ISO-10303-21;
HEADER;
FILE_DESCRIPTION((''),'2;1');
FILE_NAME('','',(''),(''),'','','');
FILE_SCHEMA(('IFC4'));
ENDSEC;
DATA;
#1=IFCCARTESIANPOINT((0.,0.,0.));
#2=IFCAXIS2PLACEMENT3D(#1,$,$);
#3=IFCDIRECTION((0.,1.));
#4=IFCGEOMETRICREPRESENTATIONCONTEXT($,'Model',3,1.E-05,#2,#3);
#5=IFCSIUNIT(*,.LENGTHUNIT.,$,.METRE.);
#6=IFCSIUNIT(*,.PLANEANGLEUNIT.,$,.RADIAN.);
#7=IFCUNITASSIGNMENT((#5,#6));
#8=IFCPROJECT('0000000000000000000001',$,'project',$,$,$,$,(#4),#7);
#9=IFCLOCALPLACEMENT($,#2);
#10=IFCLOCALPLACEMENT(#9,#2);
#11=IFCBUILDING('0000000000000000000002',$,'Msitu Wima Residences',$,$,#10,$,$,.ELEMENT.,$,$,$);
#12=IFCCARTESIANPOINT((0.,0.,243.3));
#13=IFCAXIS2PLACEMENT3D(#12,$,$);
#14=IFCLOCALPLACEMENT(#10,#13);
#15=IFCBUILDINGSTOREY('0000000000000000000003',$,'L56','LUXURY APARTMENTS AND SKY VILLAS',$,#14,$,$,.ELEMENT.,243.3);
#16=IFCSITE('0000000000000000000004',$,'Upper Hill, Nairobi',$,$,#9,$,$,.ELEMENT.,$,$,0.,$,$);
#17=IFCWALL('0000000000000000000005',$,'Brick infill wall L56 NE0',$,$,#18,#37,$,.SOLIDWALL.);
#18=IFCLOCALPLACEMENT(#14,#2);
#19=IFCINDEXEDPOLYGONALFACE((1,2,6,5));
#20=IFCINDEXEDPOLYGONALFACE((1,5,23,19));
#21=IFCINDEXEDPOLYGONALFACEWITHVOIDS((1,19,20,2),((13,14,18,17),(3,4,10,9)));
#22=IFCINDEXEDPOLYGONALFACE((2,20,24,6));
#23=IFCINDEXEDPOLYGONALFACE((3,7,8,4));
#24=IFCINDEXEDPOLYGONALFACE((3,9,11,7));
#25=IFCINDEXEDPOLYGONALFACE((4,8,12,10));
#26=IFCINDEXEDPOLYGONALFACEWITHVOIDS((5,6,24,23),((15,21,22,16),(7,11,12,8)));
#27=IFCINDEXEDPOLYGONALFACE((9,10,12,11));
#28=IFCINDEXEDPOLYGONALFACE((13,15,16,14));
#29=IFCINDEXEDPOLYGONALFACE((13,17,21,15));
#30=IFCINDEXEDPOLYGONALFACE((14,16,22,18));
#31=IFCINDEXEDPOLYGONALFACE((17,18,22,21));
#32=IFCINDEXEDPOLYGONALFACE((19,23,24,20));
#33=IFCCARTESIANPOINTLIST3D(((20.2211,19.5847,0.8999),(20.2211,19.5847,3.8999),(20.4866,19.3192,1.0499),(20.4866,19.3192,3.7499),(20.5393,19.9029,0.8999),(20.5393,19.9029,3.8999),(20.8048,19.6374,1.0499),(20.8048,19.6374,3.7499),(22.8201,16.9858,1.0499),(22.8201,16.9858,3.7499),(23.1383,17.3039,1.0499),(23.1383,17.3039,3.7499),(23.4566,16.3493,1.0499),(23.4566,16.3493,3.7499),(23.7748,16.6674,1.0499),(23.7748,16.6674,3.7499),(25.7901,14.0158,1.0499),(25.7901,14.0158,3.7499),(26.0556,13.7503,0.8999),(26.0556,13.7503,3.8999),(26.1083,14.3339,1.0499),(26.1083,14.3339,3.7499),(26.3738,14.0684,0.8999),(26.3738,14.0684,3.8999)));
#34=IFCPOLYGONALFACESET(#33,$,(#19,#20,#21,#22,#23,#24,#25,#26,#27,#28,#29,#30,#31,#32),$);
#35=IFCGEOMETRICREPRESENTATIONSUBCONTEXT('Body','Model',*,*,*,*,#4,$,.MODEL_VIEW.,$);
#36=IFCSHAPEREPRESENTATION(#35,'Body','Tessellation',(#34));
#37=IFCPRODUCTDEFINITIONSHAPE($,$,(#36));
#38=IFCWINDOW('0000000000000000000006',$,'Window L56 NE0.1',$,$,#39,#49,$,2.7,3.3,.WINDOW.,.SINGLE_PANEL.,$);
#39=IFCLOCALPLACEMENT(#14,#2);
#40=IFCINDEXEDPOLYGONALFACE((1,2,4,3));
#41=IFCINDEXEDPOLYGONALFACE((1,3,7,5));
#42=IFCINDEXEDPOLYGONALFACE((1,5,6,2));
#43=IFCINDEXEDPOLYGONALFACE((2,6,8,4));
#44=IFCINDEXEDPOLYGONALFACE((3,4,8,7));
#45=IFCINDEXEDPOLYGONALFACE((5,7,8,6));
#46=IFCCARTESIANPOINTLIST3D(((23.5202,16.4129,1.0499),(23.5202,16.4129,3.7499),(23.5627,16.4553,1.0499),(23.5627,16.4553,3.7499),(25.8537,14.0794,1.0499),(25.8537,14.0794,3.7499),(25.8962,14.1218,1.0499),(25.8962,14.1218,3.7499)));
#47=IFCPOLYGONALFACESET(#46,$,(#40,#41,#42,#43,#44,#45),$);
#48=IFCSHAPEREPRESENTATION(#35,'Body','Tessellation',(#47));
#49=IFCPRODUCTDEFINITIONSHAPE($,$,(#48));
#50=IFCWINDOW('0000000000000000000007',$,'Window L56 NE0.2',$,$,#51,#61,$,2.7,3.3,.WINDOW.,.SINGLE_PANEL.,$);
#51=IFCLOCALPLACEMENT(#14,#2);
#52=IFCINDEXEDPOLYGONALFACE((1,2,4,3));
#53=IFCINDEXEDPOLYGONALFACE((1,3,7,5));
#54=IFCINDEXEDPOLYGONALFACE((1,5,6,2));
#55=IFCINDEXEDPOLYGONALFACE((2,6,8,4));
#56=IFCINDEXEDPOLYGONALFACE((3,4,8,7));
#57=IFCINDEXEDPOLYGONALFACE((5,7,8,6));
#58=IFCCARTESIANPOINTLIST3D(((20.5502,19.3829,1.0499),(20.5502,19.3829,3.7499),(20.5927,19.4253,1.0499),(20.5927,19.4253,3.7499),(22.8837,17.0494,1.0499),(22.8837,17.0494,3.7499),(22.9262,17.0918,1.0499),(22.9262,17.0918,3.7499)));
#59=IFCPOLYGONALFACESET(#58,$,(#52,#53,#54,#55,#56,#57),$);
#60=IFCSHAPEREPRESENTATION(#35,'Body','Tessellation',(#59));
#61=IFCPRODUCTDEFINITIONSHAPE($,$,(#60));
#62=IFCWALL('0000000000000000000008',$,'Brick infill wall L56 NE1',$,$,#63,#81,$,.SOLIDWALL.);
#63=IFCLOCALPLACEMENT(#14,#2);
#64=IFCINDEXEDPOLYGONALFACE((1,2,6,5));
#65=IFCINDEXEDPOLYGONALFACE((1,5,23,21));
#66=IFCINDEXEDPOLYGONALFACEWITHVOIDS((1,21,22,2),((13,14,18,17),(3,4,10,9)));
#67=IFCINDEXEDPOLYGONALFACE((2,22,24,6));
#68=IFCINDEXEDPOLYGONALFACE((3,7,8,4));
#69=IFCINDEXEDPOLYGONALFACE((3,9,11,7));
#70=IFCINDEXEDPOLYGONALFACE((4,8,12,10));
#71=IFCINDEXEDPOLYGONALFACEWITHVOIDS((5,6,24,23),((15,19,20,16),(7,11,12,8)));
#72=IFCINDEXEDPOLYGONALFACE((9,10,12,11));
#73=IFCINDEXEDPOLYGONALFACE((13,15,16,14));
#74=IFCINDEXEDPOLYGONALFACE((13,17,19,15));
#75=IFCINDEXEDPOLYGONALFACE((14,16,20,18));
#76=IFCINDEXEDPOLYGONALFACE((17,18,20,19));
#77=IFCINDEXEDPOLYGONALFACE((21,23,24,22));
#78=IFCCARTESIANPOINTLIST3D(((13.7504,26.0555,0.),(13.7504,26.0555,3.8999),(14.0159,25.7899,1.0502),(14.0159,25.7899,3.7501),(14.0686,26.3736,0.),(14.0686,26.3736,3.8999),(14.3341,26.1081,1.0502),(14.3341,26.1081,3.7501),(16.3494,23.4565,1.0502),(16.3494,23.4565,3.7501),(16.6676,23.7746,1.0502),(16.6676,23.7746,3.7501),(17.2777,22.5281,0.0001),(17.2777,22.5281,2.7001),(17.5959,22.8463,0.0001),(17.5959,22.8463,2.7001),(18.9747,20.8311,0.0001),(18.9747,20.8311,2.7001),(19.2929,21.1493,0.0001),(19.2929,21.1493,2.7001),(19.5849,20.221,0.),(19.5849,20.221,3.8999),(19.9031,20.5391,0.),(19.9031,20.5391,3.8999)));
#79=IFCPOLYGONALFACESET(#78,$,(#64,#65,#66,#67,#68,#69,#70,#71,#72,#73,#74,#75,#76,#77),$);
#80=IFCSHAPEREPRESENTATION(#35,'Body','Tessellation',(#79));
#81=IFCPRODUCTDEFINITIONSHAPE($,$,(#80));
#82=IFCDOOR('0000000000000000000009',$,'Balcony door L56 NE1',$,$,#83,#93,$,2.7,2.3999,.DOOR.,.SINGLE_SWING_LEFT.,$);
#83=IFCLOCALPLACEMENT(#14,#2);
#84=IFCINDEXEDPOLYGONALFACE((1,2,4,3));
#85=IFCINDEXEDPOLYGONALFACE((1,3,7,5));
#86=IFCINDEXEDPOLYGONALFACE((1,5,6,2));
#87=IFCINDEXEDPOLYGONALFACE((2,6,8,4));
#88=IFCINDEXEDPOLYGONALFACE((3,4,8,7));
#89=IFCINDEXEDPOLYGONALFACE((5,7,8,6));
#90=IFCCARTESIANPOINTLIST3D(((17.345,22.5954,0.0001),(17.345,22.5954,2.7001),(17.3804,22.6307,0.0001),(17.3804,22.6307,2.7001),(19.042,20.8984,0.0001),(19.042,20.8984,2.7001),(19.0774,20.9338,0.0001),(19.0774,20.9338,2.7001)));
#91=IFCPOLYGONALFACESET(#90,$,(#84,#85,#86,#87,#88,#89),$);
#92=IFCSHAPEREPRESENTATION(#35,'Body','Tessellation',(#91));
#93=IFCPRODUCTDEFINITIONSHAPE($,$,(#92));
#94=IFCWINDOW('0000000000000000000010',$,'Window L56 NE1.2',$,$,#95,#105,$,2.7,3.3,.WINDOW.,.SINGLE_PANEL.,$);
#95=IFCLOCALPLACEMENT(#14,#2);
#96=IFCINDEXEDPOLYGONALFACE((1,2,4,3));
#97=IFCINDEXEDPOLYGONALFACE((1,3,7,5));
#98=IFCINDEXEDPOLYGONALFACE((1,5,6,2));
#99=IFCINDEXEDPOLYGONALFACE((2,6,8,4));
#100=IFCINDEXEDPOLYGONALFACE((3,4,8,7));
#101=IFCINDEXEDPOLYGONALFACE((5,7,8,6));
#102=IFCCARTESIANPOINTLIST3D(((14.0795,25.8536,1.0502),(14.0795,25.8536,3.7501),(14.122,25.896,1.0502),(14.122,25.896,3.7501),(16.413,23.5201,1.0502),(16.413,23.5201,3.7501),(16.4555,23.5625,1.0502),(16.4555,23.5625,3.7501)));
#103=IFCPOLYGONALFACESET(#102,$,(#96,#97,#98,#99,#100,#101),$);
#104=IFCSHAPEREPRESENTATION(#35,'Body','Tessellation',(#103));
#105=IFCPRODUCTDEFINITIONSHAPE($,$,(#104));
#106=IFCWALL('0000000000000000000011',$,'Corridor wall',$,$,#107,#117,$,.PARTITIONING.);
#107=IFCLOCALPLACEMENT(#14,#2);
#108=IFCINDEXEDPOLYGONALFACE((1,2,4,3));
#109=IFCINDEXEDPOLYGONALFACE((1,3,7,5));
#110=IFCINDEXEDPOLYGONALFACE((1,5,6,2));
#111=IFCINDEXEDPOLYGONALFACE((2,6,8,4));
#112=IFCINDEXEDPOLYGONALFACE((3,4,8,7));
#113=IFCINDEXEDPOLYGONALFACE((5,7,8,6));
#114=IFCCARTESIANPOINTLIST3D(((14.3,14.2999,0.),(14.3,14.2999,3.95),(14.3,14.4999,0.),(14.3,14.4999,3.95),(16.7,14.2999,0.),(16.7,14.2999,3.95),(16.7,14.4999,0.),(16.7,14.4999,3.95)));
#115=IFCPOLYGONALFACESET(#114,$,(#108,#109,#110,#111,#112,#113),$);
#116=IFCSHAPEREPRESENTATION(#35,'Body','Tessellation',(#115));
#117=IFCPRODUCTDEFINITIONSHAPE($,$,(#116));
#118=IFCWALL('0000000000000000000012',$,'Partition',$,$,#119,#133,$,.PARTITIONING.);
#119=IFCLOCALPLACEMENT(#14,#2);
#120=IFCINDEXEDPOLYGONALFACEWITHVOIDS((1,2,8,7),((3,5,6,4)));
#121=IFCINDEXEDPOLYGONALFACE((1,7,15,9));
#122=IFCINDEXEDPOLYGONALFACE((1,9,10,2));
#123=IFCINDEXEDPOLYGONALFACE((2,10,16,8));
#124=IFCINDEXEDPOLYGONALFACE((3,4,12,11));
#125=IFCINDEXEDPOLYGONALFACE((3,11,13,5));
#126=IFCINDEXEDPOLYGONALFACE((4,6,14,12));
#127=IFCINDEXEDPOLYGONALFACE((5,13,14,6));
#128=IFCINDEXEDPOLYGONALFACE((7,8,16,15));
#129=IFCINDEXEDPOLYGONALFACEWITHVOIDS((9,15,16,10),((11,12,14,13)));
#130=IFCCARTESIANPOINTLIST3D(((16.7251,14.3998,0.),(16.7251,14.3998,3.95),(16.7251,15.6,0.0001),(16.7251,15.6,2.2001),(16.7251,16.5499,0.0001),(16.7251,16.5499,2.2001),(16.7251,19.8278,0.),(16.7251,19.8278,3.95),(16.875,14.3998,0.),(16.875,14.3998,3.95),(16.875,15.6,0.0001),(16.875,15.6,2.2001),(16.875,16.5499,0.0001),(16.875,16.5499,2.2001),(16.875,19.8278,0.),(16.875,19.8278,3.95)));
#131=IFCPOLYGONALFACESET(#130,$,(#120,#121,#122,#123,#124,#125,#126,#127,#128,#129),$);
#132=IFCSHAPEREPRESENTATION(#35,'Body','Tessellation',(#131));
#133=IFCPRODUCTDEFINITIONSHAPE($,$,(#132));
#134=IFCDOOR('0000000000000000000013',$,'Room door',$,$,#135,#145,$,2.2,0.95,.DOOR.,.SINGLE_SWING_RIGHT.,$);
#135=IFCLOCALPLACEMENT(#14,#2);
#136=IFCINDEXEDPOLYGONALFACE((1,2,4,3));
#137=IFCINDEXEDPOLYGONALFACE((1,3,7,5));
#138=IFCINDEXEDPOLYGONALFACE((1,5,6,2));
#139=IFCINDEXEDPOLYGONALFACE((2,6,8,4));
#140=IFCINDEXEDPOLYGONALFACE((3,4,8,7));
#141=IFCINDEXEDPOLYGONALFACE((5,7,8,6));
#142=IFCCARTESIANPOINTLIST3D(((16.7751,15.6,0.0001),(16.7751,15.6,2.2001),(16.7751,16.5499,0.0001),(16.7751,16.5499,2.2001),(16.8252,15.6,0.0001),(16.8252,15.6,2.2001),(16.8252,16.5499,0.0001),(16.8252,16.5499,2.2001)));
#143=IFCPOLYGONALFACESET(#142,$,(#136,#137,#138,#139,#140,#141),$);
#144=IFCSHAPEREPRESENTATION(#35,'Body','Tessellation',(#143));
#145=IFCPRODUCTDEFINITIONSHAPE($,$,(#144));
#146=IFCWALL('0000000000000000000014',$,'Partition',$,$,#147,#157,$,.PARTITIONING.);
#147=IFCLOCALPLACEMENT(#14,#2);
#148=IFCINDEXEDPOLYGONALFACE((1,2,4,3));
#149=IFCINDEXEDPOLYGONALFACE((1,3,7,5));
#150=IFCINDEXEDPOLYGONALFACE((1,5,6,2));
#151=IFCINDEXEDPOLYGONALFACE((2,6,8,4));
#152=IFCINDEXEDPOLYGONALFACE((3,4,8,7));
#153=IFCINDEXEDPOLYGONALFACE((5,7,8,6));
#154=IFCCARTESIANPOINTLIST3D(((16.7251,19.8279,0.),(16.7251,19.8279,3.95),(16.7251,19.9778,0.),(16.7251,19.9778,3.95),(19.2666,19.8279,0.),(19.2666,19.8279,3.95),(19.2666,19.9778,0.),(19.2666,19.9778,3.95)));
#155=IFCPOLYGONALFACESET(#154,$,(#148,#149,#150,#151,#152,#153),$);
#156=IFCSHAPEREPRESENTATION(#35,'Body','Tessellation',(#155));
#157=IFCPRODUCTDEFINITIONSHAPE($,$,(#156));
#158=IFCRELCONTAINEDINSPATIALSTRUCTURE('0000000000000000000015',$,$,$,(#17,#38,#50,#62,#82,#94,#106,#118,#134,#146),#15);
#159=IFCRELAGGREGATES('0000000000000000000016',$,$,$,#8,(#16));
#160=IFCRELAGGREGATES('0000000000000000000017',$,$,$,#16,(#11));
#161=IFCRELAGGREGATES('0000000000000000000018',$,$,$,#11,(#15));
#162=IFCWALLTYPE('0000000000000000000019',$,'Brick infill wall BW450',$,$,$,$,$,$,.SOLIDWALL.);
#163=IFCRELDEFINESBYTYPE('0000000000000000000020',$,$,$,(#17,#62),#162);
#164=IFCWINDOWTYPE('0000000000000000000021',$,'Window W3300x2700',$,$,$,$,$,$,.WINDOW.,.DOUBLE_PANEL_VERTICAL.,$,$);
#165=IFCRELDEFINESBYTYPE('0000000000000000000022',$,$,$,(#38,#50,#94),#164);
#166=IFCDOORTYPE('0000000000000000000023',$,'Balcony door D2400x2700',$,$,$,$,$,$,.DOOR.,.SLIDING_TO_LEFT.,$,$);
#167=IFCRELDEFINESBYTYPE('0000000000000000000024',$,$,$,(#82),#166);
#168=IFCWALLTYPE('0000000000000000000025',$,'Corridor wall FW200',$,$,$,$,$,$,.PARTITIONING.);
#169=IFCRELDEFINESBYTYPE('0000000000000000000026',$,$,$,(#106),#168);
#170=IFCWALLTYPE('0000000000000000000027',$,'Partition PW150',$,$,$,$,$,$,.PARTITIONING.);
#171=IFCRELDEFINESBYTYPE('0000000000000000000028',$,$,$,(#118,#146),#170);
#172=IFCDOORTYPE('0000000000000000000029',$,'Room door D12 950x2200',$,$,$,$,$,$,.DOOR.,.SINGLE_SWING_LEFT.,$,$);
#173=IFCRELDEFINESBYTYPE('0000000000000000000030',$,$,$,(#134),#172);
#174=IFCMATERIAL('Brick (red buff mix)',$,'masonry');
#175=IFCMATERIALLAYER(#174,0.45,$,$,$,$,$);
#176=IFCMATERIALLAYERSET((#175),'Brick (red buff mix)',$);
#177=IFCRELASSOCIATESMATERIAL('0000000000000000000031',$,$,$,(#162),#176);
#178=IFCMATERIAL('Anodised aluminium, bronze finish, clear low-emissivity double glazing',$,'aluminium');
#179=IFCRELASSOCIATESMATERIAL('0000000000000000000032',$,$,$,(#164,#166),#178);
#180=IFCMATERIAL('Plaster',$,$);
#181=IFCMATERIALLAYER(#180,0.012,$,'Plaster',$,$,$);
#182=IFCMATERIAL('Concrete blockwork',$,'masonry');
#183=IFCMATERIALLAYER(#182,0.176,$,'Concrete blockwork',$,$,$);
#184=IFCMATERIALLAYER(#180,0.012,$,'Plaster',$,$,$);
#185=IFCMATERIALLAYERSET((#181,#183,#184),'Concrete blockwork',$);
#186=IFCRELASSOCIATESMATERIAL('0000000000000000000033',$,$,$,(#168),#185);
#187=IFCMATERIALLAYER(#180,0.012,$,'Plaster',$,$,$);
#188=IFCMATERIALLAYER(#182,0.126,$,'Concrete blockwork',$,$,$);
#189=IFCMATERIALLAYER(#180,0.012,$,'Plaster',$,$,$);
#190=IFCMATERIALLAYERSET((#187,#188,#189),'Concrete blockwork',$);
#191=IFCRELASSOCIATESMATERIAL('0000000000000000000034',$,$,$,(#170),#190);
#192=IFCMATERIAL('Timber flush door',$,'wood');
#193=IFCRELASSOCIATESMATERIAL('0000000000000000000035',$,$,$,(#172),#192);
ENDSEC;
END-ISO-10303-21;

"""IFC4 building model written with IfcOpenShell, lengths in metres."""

from ifc_helpers import new_model, si_unit, direction, frame, frame_2d, origin, place, context, subcontext, project, spatial, rectangle, extrude, material, layer, layer_set, type_object, element, fill, save


model = new_model("IFC4")

# Units and contexts
model_context = context("Model", 3, precision=1e-05, world=origin(), true_north=direction((0.0, 1.0)))
body_context = subcontext(model_context, "Body", "Model", "MODEL_VIEW")
ifc_project = project(units=[si_unit("LENGTHUNIT", "METRE"), si_unit("PLANEANGLEUNIT", "RADIAN")], contexts=[model_context])

# Site, building, storey
site_placement = place(None, origin())
site = spatial("IfcSite", under=ifc_project, at=site_placement, Name="Upper Hill, Nairobi", CompositionType="ELEMENT", RefElevation=0.0)
building_placement = place(site_placement, origin())
building = spatial("IfcBuilding", under=site, at=building_placement, Name="Msitu Wima Residences", CompositionType="ELEMENT")
storey_placement = place(building_placement, frame((0.0, 0.0, 243.3)))
storey = spatial("IfcBuildingStorey", under=building, at=storey_placement, Name="L56", Description="LUXURY APARTMENTS AND SKY VILLAS", CompositionType="ELEMENT", Elevation=243.3)

# Wall, openings, windows
ifc_material_1 = material(Name="Brick (red buff mix)", Category="masonry")
ifc_layer_1 = layer(ifc_material_1, 0.45)
ifc_layer_set_1 = layer_set([ifc_layer_1], Name="Brick (red buff mix)")
wall_type_1 = type_object("IfcWallType", Name="Brick infill wall BW450", PredefinedType="SOLIDWALL", material=ifc_layer_set_1)
wall_1_placement = place(storey_placement, frame((26.2146, 13.9094, 0.8999), z_axis=(0.0, 0.0, 1.0), x_axis=(-0.707107, 0.707107, 0.0)))
wall_1 = element("IfcWall", 1, at=wall_1_placement, inside=storey, type_object=wall_type_1, Name="Brick infill wall L56 NE0", PredefinedType="SOLIDWALL", context=body_context, shape_type="SweptSolid", body=[
    extrude(rectangle(XDim=8.2512, YDim=0.45, at=frame_2d((4.1255, 0.0))), origin(), (0.0, 0.0, 1.0), 3.0),
])
opening_1_placement = place(wall_1_placement, frame((0.3755, 0.0, 0.1499)))
opening_1 = element("IfcOpeningElement", 2, at=opening_1_placement, cuts=wall_1, PredefinedType="OPENING", context=body_context, shape_type="SweptSolid", body=[
    extrude(rectangle(XDim=3.3, YDim=2.7, at=frame_2d((1.6499, 1.3501))), frame((0.0, 0.2349, 0.0), z_axis=(0.0, -1.0, 0.0), x_axis=(1.0, 0.0, 0.0)), (0.0, 0.0, 1.0), 0.47),
])
opening_2_placement = place(wall_1_placement, frame((4.5757, 0.0, 0.1499)))
opening_2 = element("IfcOpeningElement", 3, at=opening_2_placement, cuts=wall_1, PredefinedType="OPENING", context=body_context, shape_type="SweptSolid", body=[
    extrude(rectangle(XDim=3.3, YDim=2.7, at=frame_2d((1.6499, 1.3501))), frame((0.0, 0.2349, 0.0), z_axis=(0.0, -1.0, 0.0), x_axis=(1.0, 0.0, 0.0)), (0.0, 0.0, 1.0), 0.47),
])
ifc_material_2 = material(Name="Anodised aluminium, bronze finish, clear low-emissivity double glazing", Category="aluminium")
window_type = type_object("IfcWindowType", Name="Window W3300x2700", PartitioningType="DOUBLE_PANEL_VERTICAL", PredefinedType="WINDOW", material=ifc_material_2)
window_1_placement = place(opening_1_placement, origin())
window_1 = element("IfcWindow", 4, at=window_1_placement, inside=storey, type_object=window_type, Name="Window L56 NE0.1", OverallHeight=2.7, OverallWidth=3.3, PartitioningType="SINGLE_PANEL", PredefinedType="WINDOW", context=body_context, shape_type="SweptSolid", body=[
    extrude(rectangle(XDim=3.3, YDim=2.7, at=frame_2d((1.6499, 1.3501))), frame((0.0, 0.135, 0.0), z_axis=(0.0, -1.0, 0.0), x_axis=(1.0, 0.0, 0.0)), (0.0, 0.0, 1.0), 0.0601),
])
fill(opening_1, window_1)
window_2_placement = place(opening_2_placement, origin())
window_2 = element("IfcWindow", 5, at=window_2_placement, inside=storey, type_object=window_type, Name="Window L56 NE0.2", OverallHeight=2.7, OverallWidth=3.3, PartitioningType="SINGLE_PANEL", PredefinedType="WINDOW", context=body_context, shape_type="SweptSolid", body=[
    extrude(rectangle(XDim=3.3, YDim=2.7, at=frame_2d((1.6499, 1.3501))), frame((0.0, 0.135, 0.0), z_axis=(0.0, -1.0, 0.0), x_axis=(1.0, 0.0, 0.0)), (0.0, 0.0, 1.0), 0.0601),
])
fill(opening_2, window_2)

# Wall, openings, door, window
wall_2_placement = place(storey_placement, frame((19.7439, 20.3801, 0.0), z_axis=(0.0, 0.0, 1.0), x_axis=(-0.707107, 0.707107, 0.0)))
wall_2 = element("IfcWall", 6, at=wall_2_placement, inside=storey, type_object=wall_type_1, Name="Brick infill wall L56 NE1", PredefinedType="SOLIDWALL", context=body_context, shape_type="SweptSolid", body=[
    extrude(rectangle(XDim=8.2512, YDim=0.45, at=frame_2d((4.1255, 0.0))), origin(), (0.0, 0.0, 1.0), 3.8999),
])
opening_3_placement = place(wall_2_placement, frame((0.8628, 0.0, 0.0)))
opening_3 = element("IfcOpeningElement", 7, at=opening_3_placement, cuts=wall_2, PredefinedType="OPENING", context=body_context, shape_type="SweptSolid", body=[
    extrude(rectangle(XDim=2.3999, YDim=2.7, at=frame_2d((1.2, 1.3501))), frame((0.0, 0.2349, 0.0), z_axis=(0.0, -1.0, 0.0), x_axis=(1.0, 0.0, 0.0)), (0.0, 0.0, 1.0), 0.47),
])
opening_4_placement = place(wall_2_placement, frame((4.5757, 0.0, 1.05)))
opening_4 = element("IfcOpeningElement", 8, at=opening_4_placement, cuts=wall_2, PredefinedType="OPENING", context=body_context, shape_type="SweptSolid", body=[
    extrude(rectangle(XDim=3.3, YDim=2.7, at=frame_2d((1.6499, 1.3501))), frame((0.0, 0.2349, 0.0), z_axis=(0.0, -1.0, 0.0), x_axis=(1.0, 0.0, 0.0)), (0.0, 0.0, 1.0), 0.47),
])
door_type_1 = type_object("IfcDoorType", Name="Balcony door D2400x2700", OperationType="SLIDING_TO_LEFT", PredefinedType="DOOR", material=ifc_material_2)
door_1_placement = place(opening_3_placement, origin())
door_1 = element("IfcDoor", 9, at=door_1_placement, inside=storey, type_object=door_type_1, Name="Balcony door L56 NE1", OperationType="SINGLE_SWING_LEFT", OverallHeight=2.7, OverallWidth=2.3999, PredefinedType="DOOR", context=body_context, shape_type="SweptSolid", body=[
    extrude(rectangle(XDim=2.3999, YDim=2.7, at=frame_2d((1.2, 1.3501))), frame((0.0, 0.1299, 0.0), z_axis=(0.0, -1.0, 0.0), x_axis=(1.0, 0.0, 0.0)), (0.0, 0.0, 1.0), 0.05),
])
fill(opening_3, door_1)
window_3_placement = place(opening_4_placement, origin())
window_3 = element("IfcWindow", 10, at=window_3_placement, inside=storey, type_object=window_type, Name="Window L56 NE1.2", OverallHeight=2.7, OverallWidth=3.3, PartitioningType="SINGLE_PANEL", PredefinedType="WINDOW", context=body_context, shape_type="SweptSolid", body=[
    extrude(rectangle(XDim=3.3, YDim=2.7, at=frame_2d((1.6499, 1.3501))), frame((0.0, 0.135, 0.0), z_axis=(0.0, -1.0, 0.0), x_axis=(1.0, 0.0, 0.0)), (0.0, 0.0, 1.0), 0.0601),
])
fill(opening_4, window_3)

# Wall
ifc_material_3 = material(Name="Plaster")
ifc_layer_2 = layer(ifc_material_3, 0.012, Name="Plaster")
ifc_material_4 = material(Name="Concrete blockwork", Category="masonry")
ifc_layer_3 = layer(ifc_material_4, 0.176, Name="Concrete blockwork")
ifc_layer_4 = layer(ifc_material_3, 0.012, Name="Plaster")
ifc_layer_set_2 = layer_set([ifc_layer_2, ifc_layer_3, ifc_layer_4], Name="Concrete blockwork")
wall_type_2 = type_object("IfcWallType", Name="Corridor wall FW200", PredefinedType="PARTITIONING", material=ifc_layer_set_2)
wall_3_placement = place(storey_placement, frame((14.3, 14.3999, 0.0), z_axis=(0.0, 0.0, 1.0), x_axis=(1.0, 0.0, 0.0)))
element("IfcWall", 11, at=wall_3_placement, inside=storey, type_object=wall_type_2, Name="Corridor wall", PredefinedType="PARTITIONING", context=body_context, shape_type="SweptSolid", body=[
    extrude(rectangle(XDim=2.3999, YDim=0.2, at=frame_2d((1.2, 0.0))), origin(), (0.0, 0.0, 1.0), 3.95),
])

# Wall, opening, door
ifc_layer_5 = layer(ifc_material_3, 0.012, Name="Plaster")
ifc_layer_6 = layer(ifc_material_4, 0.126, Name="Concrete blockwork")
ifc_layer_7 = layer(ifc_material_3, 0.012, Name="Plaster")
ifc_layer_set_3 = layer_set([ifc_layer_5, ifc_layer_6, ifc_layer_7], Name="Concrete blockwork")
wall_type_3 = type_object("IfcWallType", Name="Partition PW150", PredefinedType="PARTITIONING", material=ifc_layer_set_3)
wall_4_placement = place(storey_placement, frame((16.8, 14.3999, 0.0), z_axis=(0.0, 0.0, 1.0), x_axis=(0.0, 1.0, 0.0)))
wall_4 = element("IfcWall", 12, at=wall_4_placement, inside=storey, type_object=wall_type_3, Name="Partition", PredefinedType="PARTITIONING", context=body_context, shape_type="SweptSolid", body=[
    extrude(rectangle(XDim=5.428, YDim=0.1499, at=frame_2d((2.7139, 0.0))), origin(), (0.0, 0.0, 1.0), 3.95),
])
opening_5_placement = place(wall_4_placement, frame((1.2, 0.0, 0.0)))
opening_5 = element("IfcOpeningElement", 13, at=opening_5_placement, cuts=wall_4, PredefinedType="OPENING", context=body_context, shape_type="SweptSolid", body=[
    extrude(rectangle(XDim=0.95, YDim=2.2, at=frame_2d((0.4751, 1.1001))), frame((0.0, 0.085, 0.0), z_axis=(0.0, -1.0, 0.0), x_axis=(1.0, 0.0, 0.0)), (0.0, 0.0, 1.0), 0.1699),
])
ifc_material_5 = material(Name="Timber flush door", Category="wood")
door_type_2 = type_object("IfcDoorType", Name="Room door D12 950x2200", OperationType="SINGLE_SWING_LEFT", PredefinedType="DOOR", material=ifc_material_5)
door_2_placement = place(opening_5_placement, origin())
door_2 = element("IfcDoor", 14, at=door_2_placement, inside=storey, type_object=door_type_2, Name="Room door", OperationType="SINGLE_SWING_RIGHT", OverallHeight=2.2, OverallWidth=0.95, PredefinedType="DOOR", context=body_context, shape_type="SweptSolid", body=[
    extrude(rectangle(XDim=0.95, YDim=2.2, at=frame_2d((0.4751, 1.1001))), frame((0.0, 0.0249, 0.0), z_axis=(0.0, -1.0, 0.0), x_axis=(1.0, 0.0, 0.0)), (0.0, 0.0, 1.0), 0.05),
])
fill(opening_5, door_2)

# Wall
wall_5_placement = place(storey_placement, frame((16.7251, 19.9028, 0.0), z_axis=(0.0, 0.0, 1.0), x_axis=(1.0, 0.0, 0.0)))
element("IfcWall", 15, at=wall_5_placement, inside=storey, type_object=wall_type_3, Name="Partition", PredefinedType="PARTITIONING", context=body_context, shape_type="SweptSolid", body=[
    extrude(rectangle(XDim=2.5415, YDim=0.1499, at=frame_2d((1.2708, 0.0))), origin(), (0.0, 0.0, 1.0), 3.95),
])

save(model, "model.ifc")
